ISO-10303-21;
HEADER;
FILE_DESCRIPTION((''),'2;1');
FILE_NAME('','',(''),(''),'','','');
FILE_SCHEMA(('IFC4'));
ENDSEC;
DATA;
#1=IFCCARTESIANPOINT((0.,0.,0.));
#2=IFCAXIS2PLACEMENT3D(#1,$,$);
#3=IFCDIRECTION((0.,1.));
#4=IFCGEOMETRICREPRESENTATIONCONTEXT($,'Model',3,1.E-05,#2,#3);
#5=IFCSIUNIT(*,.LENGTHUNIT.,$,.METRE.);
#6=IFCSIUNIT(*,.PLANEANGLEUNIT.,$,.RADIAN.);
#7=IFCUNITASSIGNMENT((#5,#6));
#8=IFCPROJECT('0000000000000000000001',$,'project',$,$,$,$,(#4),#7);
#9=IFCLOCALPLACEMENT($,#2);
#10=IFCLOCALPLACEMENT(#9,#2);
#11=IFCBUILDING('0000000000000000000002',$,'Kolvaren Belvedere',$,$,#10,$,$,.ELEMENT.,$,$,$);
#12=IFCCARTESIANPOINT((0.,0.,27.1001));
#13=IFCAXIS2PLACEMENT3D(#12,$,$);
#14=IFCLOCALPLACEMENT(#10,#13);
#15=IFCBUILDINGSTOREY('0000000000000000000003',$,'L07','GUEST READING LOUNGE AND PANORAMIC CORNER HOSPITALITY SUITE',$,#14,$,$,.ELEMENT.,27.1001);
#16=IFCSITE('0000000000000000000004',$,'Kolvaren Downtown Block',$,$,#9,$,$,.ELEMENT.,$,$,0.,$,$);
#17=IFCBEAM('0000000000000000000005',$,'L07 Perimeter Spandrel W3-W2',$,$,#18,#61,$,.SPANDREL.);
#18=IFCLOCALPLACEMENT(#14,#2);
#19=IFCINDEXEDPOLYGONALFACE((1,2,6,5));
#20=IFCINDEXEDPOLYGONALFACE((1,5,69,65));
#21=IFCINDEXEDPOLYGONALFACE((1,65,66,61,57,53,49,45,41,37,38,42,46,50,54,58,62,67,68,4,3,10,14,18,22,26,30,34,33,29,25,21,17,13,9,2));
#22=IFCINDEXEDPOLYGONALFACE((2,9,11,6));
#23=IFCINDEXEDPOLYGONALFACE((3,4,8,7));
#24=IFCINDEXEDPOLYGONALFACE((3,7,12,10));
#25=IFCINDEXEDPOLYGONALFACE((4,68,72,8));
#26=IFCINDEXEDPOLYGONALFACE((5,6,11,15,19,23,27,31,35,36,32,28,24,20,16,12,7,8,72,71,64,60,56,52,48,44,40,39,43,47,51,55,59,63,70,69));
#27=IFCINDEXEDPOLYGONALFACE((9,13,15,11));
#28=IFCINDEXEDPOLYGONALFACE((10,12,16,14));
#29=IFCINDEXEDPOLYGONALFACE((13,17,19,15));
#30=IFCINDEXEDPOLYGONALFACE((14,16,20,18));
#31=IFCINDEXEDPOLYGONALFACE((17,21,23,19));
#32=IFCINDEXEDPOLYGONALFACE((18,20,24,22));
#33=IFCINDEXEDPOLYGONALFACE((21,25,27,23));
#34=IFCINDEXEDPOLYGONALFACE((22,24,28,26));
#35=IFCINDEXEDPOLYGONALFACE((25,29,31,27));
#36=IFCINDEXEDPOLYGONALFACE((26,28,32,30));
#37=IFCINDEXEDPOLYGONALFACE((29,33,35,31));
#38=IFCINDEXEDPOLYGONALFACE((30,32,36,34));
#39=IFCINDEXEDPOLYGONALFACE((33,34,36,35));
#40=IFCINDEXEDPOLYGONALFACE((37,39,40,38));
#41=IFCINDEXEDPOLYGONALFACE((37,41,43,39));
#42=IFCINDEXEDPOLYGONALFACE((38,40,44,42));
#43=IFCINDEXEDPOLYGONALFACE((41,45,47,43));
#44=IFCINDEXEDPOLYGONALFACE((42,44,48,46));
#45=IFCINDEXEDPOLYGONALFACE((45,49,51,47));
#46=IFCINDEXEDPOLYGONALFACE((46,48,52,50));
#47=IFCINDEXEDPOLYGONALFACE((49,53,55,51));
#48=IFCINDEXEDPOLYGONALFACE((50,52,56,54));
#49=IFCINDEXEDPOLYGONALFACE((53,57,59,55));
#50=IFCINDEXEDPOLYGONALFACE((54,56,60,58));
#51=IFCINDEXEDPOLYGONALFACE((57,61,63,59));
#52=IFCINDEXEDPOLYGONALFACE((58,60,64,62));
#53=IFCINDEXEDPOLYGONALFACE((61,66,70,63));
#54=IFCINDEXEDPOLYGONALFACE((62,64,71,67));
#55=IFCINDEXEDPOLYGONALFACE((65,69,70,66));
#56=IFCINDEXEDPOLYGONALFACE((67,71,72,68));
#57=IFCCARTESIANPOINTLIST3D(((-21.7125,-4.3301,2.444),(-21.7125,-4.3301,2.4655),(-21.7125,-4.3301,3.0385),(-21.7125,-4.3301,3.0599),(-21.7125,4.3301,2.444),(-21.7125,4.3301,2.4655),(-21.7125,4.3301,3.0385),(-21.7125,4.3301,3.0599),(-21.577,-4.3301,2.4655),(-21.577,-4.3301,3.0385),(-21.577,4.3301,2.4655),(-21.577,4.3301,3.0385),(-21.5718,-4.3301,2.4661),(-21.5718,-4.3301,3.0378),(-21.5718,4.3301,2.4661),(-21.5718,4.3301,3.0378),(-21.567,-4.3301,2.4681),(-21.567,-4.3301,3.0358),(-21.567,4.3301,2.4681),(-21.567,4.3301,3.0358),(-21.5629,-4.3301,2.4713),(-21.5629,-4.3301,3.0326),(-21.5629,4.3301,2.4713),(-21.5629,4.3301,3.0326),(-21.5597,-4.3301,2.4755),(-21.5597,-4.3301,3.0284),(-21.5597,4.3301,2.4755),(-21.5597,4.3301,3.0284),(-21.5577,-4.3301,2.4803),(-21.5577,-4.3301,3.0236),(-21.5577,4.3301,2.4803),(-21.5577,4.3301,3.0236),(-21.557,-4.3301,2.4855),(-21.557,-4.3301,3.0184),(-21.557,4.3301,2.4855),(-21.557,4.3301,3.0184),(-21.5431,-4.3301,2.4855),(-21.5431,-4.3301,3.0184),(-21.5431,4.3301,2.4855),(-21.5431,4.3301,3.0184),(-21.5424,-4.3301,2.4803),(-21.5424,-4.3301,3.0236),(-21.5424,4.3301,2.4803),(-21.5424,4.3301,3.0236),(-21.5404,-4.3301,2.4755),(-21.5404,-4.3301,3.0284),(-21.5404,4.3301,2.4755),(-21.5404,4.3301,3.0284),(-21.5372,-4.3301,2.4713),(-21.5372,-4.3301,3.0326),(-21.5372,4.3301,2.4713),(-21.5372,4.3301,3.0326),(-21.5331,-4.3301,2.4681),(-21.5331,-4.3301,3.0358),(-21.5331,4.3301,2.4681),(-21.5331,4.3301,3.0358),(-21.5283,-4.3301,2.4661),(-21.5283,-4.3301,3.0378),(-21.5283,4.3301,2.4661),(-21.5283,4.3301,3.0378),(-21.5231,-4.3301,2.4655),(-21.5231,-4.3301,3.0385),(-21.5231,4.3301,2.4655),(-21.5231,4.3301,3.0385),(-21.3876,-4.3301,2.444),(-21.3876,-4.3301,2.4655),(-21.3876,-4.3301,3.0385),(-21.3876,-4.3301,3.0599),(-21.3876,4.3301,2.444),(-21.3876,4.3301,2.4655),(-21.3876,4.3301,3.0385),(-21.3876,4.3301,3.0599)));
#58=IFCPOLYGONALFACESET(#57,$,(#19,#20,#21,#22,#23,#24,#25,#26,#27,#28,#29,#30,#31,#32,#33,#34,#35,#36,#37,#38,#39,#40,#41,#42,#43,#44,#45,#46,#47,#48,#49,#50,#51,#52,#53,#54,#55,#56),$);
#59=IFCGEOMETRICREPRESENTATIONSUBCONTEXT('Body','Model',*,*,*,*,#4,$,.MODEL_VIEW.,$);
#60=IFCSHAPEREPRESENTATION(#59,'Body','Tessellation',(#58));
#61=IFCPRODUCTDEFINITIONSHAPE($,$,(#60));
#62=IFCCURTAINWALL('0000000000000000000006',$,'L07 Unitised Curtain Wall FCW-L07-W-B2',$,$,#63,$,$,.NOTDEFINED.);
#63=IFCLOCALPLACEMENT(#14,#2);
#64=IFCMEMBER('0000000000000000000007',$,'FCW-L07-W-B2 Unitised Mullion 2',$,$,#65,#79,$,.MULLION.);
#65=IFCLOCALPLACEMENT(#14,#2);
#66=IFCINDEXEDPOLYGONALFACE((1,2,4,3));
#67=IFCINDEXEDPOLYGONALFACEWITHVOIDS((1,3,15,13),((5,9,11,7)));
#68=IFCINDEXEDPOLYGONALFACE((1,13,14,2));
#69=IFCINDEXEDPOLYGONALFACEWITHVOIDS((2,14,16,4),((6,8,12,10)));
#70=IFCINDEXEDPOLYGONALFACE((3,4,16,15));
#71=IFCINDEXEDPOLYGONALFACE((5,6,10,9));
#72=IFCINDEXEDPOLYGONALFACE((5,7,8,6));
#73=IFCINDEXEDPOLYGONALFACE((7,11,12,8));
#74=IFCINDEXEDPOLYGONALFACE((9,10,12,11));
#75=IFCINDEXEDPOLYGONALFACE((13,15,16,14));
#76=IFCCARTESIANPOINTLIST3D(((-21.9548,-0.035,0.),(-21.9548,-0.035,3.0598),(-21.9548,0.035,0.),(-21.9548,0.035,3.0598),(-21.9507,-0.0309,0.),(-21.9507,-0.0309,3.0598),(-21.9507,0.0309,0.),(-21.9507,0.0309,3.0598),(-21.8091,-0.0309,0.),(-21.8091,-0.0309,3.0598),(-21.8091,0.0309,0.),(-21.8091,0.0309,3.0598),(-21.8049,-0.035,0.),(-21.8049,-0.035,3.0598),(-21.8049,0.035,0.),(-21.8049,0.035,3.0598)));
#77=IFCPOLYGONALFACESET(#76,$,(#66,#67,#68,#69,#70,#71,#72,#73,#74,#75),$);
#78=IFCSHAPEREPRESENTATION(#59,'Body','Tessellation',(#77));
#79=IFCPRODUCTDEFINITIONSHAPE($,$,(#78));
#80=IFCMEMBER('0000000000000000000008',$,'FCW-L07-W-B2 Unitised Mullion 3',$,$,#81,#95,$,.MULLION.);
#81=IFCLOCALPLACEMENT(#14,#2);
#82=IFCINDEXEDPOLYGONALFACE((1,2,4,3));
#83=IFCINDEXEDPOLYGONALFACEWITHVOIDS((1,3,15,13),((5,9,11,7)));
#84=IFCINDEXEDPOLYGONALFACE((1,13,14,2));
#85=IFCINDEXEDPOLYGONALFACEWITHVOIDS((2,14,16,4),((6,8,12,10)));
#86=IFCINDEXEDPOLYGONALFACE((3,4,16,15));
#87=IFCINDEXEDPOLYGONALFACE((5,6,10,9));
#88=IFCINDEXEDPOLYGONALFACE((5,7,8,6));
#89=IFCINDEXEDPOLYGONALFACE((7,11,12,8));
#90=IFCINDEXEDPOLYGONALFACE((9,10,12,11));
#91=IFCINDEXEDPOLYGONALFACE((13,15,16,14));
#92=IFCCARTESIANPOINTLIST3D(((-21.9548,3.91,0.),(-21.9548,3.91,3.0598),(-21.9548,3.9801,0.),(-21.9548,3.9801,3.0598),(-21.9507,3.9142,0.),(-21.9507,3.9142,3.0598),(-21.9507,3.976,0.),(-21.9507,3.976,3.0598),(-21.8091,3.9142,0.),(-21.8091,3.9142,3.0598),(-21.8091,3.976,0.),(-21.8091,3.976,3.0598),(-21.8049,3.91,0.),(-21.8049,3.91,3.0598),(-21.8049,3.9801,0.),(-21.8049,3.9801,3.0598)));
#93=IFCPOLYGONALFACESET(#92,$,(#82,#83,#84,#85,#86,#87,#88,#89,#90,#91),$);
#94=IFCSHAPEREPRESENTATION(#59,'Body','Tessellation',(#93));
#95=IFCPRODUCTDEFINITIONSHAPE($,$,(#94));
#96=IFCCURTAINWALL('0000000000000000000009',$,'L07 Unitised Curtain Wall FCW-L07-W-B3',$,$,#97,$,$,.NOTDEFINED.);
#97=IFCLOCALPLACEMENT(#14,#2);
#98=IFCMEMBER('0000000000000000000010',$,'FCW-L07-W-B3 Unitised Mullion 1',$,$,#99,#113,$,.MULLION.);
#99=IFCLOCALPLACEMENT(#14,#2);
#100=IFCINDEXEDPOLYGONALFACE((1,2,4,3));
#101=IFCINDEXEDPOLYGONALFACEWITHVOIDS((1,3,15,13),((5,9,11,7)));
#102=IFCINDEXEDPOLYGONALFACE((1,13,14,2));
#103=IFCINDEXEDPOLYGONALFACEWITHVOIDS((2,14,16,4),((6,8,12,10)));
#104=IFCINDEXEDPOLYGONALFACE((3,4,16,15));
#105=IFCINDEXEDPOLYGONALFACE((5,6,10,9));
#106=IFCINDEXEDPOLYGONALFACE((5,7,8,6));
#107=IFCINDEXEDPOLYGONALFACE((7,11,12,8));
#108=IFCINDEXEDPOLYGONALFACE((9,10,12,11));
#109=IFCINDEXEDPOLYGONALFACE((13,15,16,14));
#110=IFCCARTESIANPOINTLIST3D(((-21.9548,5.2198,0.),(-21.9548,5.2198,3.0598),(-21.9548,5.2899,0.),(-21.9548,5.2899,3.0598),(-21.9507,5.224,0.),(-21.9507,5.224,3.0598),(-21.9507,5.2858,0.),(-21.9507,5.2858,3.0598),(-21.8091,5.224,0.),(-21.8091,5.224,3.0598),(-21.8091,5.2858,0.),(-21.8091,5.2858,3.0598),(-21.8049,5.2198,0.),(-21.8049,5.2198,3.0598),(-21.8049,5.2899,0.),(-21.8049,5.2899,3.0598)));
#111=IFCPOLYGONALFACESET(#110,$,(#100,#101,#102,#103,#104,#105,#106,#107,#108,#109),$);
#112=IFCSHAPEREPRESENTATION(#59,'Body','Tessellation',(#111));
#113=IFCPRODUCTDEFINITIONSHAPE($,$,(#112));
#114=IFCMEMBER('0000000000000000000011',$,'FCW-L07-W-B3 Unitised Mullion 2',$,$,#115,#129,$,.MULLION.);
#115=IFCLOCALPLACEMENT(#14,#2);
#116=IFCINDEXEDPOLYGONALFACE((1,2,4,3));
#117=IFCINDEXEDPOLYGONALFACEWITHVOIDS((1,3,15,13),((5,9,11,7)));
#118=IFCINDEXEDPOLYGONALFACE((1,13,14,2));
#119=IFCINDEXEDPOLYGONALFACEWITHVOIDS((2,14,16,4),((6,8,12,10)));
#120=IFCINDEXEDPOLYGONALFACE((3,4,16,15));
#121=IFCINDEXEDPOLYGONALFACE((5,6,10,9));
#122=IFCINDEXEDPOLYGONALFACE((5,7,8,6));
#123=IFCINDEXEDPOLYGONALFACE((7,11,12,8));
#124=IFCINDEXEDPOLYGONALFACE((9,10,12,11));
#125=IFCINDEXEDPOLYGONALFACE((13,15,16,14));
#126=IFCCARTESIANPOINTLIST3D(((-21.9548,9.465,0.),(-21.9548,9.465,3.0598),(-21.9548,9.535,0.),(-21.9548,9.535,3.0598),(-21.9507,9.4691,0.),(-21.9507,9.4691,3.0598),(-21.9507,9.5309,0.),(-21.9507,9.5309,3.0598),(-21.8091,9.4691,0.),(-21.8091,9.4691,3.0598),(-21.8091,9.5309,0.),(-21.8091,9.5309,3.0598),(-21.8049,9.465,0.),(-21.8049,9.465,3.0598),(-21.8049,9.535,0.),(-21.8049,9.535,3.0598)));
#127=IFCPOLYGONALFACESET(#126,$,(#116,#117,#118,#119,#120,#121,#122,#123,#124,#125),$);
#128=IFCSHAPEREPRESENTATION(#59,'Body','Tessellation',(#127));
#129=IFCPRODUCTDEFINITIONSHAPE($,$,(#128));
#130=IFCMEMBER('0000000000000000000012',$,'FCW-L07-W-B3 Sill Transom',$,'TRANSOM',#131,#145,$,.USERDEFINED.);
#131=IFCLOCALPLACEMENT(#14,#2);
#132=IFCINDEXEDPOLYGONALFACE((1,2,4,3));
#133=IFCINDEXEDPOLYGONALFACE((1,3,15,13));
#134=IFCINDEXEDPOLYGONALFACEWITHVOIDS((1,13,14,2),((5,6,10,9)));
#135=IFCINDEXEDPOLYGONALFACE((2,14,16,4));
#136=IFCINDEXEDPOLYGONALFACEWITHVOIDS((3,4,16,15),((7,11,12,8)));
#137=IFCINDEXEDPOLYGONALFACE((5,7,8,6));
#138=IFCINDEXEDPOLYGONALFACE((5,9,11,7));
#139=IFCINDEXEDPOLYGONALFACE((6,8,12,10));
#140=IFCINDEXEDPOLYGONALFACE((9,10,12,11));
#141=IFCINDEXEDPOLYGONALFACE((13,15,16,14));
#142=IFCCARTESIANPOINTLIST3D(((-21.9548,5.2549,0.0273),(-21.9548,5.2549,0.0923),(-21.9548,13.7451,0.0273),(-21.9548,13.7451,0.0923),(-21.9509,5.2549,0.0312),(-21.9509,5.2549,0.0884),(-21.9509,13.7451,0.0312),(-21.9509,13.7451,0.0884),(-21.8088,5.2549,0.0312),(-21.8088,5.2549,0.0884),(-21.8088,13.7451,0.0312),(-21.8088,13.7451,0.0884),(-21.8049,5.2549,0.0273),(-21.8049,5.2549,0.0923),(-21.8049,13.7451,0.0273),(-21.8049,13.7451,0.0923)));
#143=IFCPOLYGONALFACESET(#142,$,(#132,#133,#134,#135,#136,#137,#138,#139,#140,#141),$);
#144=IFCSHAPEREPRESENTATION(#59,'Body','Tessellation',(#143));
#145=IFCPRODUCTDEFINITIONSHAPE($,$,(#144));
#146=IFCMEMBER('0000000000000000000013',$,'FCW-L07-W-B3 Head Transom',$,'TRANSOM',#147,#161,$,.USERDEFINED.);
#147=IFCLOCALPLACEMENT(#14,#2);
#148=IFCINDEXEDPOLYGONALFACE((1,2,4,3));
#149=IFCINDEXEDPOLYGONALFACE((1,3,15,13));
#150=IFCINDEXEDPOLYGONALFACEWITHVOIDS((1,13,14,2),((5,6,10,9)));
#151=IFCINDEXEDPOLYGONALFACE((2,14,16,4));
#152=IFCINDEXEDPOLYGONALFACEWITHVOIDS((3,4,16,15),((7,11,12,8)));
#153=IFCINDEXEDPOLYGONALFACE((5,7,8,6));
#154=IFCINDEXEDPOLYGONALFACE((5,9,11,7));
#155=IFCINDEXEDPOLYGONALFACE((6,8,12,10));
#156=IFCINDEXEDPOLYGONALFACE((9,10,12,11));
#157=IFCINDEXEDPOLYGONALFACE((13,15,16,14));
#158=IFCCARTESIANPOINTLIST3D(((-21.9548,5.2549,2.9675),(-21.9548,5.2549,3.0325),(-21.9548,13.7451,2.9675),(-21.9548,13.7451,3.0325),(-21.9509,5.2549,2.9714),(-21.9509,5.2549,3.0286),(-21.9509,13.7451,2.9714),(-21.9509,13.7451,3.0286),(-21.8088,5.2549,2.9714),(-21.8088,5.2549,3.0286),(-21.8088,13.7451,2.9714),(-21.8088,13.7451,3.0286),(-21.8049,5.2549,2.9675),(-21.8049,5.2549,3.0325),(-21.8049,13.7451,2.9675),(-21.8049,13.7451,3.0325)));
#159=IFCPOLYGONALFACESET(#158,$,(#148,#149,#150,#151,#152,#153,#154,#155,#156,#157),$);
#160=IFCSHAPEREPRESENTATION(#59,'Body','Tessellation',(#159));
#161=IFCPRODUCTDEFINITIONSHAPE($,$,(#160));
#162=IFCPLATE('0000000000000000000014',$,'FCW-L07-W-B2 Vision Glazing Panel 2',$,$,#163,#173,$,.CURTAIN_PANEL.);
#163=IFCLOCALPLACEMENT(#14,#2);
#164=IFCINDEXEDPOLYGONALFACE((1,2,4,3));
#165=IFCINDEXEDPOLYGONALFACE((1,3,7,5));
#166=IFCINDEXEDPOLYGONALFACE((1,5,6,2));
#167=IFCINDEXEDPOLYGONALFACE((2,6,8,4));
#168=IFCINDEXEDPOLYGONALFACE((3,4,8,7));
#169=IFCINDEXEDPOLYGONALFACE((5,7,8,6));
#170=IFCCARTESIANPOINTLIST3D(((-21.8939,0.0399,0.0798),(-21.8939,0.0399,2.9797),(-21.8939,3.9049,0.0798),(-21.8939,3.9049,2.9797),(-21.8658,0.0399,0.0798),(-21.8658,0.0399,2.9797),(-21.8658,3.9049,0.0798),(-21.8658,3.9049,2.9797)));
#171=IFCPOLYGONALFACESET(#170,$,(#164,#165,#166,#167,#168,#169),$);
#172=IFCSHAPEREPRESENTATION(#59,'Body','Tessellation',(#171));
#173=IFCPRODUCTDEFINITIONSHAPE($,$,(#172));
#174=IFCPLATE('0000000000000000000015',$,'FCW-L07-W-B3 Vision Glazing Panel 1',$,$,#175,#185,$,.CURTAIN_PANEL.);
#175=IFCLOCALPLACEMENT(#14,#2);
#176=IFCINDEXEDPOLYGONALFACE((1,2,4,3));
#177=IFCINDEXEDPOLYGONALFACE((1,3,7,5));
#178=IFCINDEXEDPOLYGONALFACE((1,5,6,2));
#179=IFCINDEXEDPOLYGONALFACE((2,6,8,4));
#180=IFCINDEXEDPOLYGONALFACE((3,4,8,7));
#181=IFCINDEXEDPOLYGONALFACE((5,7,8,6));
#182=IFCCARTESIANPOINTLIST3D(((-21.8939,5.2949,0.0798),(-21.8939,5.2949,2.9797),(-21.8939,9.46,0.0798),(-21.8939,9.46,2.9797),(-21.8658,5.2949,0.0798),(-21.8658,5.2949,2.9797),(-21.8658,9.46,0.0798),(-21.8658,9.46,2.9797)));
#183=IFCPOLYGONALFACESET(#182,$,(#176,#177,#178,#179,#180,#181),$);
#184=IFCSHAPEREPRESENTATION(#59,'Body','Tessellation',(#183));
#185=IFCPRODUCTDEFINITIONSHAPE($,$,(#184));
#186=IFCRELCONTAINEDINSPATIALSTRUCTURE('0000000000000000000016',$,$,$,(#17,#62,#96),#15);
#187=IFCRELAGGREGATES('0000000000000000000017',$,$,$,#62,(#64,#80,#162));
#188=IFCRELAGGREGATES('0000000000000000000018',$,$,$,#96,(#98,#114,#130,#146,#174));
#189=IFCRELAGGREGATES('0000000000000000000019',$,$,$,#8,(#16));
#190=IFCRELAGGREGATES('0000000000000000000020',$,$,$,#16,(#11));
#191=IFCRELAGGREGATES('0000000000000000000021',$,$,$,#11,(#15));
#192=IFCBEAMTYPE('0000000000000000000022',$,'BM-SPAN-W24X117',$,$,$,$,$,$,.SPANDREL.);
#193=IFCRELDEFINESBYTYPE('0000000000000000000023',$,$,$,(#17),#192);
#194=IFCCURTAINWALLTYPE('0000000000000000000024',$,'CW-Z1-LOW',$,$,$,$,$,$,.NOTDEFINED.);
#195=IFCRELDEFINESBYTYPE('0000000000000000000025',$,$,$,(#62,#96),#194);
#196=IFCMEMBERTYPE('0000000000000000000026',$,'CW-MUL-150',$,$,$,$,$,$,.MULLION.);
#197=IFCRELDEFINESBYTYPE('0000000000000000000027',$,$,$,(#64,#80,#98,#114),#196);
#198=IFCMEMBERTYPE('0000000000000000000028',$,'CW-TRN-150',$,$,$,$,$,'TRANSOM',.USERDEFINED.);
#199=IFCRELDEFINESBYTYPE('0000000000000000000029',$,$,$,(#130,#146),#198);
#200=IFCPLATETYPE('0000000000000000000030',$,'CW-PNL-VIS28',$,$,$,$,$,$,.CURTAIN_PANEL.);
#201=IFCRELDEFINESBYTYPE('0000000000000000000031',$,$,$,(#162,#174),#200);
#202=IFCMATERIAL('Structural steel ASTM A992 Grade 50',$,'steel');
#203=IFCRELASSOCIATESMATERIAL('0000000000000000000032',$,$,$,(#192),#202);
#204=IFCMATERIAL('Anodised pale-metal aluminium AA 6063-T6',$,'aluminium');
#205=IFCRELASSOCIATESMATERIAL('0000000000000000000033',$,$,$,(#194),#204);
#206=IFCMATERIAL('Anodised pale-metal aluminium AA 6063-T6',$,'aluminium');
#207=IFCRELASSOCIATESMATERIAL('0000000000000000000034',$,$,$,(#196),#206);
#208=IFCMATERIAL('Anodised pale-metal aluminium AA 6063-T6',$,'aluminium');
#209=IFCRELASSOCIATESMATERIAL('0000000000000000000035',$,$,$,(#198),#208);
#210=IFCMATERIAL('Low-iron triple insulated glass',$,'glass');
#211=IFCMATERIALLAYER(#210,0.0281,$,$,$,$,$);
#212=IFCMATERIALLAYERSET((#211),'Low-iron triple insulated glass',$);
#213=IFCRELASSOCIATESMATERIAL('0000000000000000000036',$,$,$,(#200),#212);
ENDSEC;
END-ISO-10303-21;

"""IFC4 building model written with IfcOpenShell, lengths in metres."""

from ifc_helpers import new_model, si_unit, direction, frame, origin, origin_2d, place, context, subcontext, project, spatial, rectangle, hollow_rectangle, i_section, extrude, material, layer, layer_set, material_profile, profile_set, type_object, element, aggregate, save


model = new_model("IFC4")

# Units and contexts
model_context = context("Model", 3, precision=1e-05, world=origin(), true_north=direction((0.0, 1.0)))
body_context = subcontext(model_context, "Body", "Model", "MODEL_VIEW")
ifc_project = project(units=[si_unit("LENGTHUNIT", "METRE"), si_unit("PLANEANGLEUNIT", "RADIAN")], contexts=[model_context])

# Site, building, storey
site_placement = place(None, origin())
site = spatial("IfcSite", under=ifc_project, at=site_placement, Name="Kolvaren Downtown Block", CompositionType="ELEMENT", RefElevation=0.0)
building_placement = place(site_placement, origin())
building = spatial("IfcBuilding", under=site, at=building_placement, Name="Kolvaren Belvedere", CompositionType="ELEMENT")
storey_placement = place(building_placement, frame((0.0, 0.0, 27.1001)))
storey = spatial("IfcBuildingStorey", under=building, at=storey_placement, Name="L07", Description="GUEST READING LOUNGE AND PANORAMIC CORNER HOSPITALITY SUITE", CompositionType="ELEMENT", Elevation=27.1001)

# Beam
ifc_material_1 = material(Name="Structural steel ASTM A992 Grade 50", Category="steel")
ifc_material_profile_1 = material_profile(ifc_material_1, i_section(OverallWidth=0.325, OverallDepth=0.616, WebThickness=0.0139, FlangeThickness=0.0215, FilletRadius=0.02, at=origin_2d()), Name="W24X117")
ifc_profile_set_1 = profile_set([ifc_material_profile_1], Name="Structural steel ASTM A992 Grade 50")
beam_type_1 = type_object("IfcBeamType", Name="BM-SPAN-W24X117", PredefinedType="SPANDREL", material=ifc_profile_set_1)
beam_1_placement = place(storey_placement, frame((-21.55, 4.3301, 2.752), z_axis=(0.0, -1.0, 0.0), x_axis=(1.0, 0.0, 0.0)))
element("IfcBeam", 1, at=beam_1_placement, inside=storey, type_object=beam_type_1, Name="L07 Perimeter Spandrel W3-W2", PredefinedType="SPANDREL", context=body_context, shape_type="SweptSolid", body=[
    extrude(i_section(OverallWidth=0.325, OverallDepth=0.616, WebThickness=0.0139, FlangeThickness=0.0215, FilletRadius=0.02, at=origin_2d()), origin(), (0.0, 0.0, 1.0), 8.6602),
])

# Curtain walls, members
ifc_material_2 = material(Name="Anodised pale-metal aluminium AA 6063-T6", Category="aluminium")
curtain_wall_type = type_object("IfcCurtainWallType", Name="CW-Z1-LOW", PredefinedType="NOTDEFINED", material=ifc_material_2)
curtain_wall_1_placement = place(storey_placement, origin())
curtain_wall_1 = element("IfcCurtainWall", 2, at=curtain_wall_1_placement, inside=storey, type_object=curtain_wall_type, Name="L07 Unitised Curtain Wall FCW-L07-W-B2", PredefinedType="NOTDEFINED")
ifc_material_3 = material(Name="Anodised pale-metal aluminium AA 6063-T6", Category="aluminium")
ifc_material_profile_2 = material_profile(ifc_material_3, hollow_rectangle(XDim=0.0701, YDim=0.1499, WallThickness=0.0042, at=origin_2d()), Name="ALU-MUL-150X70")
ifc_profile_set_2 = profile_set([ifc_material_profile_2], Name="Anodised pale-metal aluminium AA 6063-T6")
member_type_1 = type_object("IfcMemberType", Name="CW-MUL-150", PredefinedType="MULLION", material=ifc_profile_set_2)
member_1_placement = place(storey_placement, frame((-21.8799, 0.0, 0.0), z_axis=(0.0, 0.0, 1.0), x_axis=(0.0, 1.0, 0.0)))
member_1 = element("IfcMember", 3, at=member_1_placement, type_object=member_type_1, Name="FCW-L07-W-B2 Unitised Mullion 2", PredefinedType="MULLION", context=body_context, shape_type="SweptSolid", body=[
    extrude(hollow_rectangle(XDim=0.0701, YDim=0.1499, WallThickness=0.0042, at=origin_2d()), origin(), (0.0, 0.0, 1.0), 3.0598),
])
member_2_placement = place(storey_placement, frame((-21.8799, 3.9451, 0.0), z_axis=(0.0, 0.0, 1.0), x_axis=(0.0, 1.0, 0.0)))
member_2 = element("IfcMember", 4, at=member_2_placement, type_object=member_type_1, Name="FCW-L07-W-B2 Unitised Mullion 3", PredefinedType="MULLION", context=body_context, shape_type="SweptSolid", body=[
    extrude(hollow_rectangle(XDim=0.0701, YDim=0.1499, WallThickness=0.0042, at=origin_2d()), origin(), (0.0, 0.0, 1.0), 3.0598),
])
curtain_wall_2_placement = place(storey_placement, origin())
curtain_wall_2 = element("IfcCurtainWall", 5, at=curtain_wall_2_placement, inside=storey, type_object=curtain_wall_type, Name="L07 Unitised Curtain Wall FCW-L07-W-B3", PredefinedType="NOTDEFINED")
member_3_placement = place(storey_placement, frame((-21.8799, 5.2549, 0.0), z_axis=(0.0, 0.0, 1.0), x_axis=(0.0, 1.0, 0.0)))
member_3 = element("IfcMember", 6, at=member_3_placement, type_object=member_type_1, Name="FCW-L07-W-B3 Unitised Mullion 1", PredefinedType="MULLION", context=body_context, shape_type="SweptSolid", body=[
    extrude(hollow_rectangle(XDim=0.0701, YDim=0.1499, WallThickness=0.0042, at=origin_2d()), origin(), (0.0, 0.0, 1.0), 3.0598),
])
member_4_placement = place(storey_placement, frame((-21.8799, 9.5, 0.0), z_axis=(0.0, 0.0, 1.0), x_axis=(0.0, 1.0, 0.0)))
member_4 = element("IfcMember", 7, at=member_4_placement, type_object=member_type_1, Name="FCW-L07-W-B3 Unitised Mullion 2", PredefinedType="MULLION", context=body_context, shape_type="SweptSolid", body=[
    extrude(hollow_rectangle(XDim=0.0701, YDim=0.1499, WallThickness=0.0042, at=origin_2d()), origin(), (0.0, 0.0, 1.0), 3.0598),
])
ifc_material_4 = material(Name="Anodised pale-metal aluminium AA 6063-T6", Category="aluminium")
ifc_material_profile_3 = material_profile(ifc_material_4, hollow_rectangle(XDim=0.0649, YDim=0.1499, WallThickness=0.0039, at=origin_2d()), Name="ALU-TRN-150X65")
ifc_profile_set_3 = profile_set([ifc_material_profile_3], Name="Anodised pale-metal aluminium AA 6063-T6")
member_type_2 = type_object("IfcMemberType", Name="CW-TRN-150", ElementType="TRANSOM", PredefinedType="USERDEFINED", material=ifc_profile_set_3)
member_5_placement = place(storey_placement, frame((-21.8799, 5.2549, 0.0598), z_axis=(0.0, 1.0, 0.0), x_axis=(0.0, 0.0, 1.0)))
member_5 = element("IfcMember", 8, at=member_5_placement, type_object=member_type_2, Name="FCW-L07-W-B3 Sill Transom", ObjectType="TRANSOM", PredefinedType="USERDEFINED", context=body_context, shape_type="SweptSolid", body=[
    extrude(hollow_rectangle(XDim=0.0649, YDim=0.1499, WallThickness=0.0039, at=origin_2d()), origin(), (0.0, 0.0, 1.0), 8.4902),
])
member_6_placement = place(storey_placement, frame((-21.8799, 5.2549, 3.0), z_axis=(0.0, 1.0, 0.0), x_axis=(0.0, 0.0, 1.0)))
member_6 = element("IfcMember", 9, at=member_6_placement, type_object=member_type_2, Name="FCW-L07-W-B3 Head Transom", ObjectType="TRANSOM", PredefinedType="USERDEFINED", context=body_context, shape_type="SweptSolid", body=[
    extrude(hollow_rectangle(XDim=0.0649, YDim=0.1499, WallThickness=0.0039, at=origin_2d()), origin(), (0.0, 0.0, 1.0), 8.4902),
])

# Plates
ifc_material_5 = material(Name="Low-iron triple insulated glass", Category="glass")
ifc_layer_1 = layer(ifc_material_5, 0.0281)
ifc_layer_set_1 = layer_set([ifc_layer_1], Name="Low-iron triple insulated glass")
plate_type_1 = type_object("IfcPlateType", Name="CW-PNL-VIS28", PredefinedType="CURTAIN_PANEL", material=ifc_layer_set_1)
plate_1_placement = place(storey_placement, frame((-21.8799, 1.9724, 0.0798), z_axis=(0.0, 0.0, 1.0), x_axis=(0.0, 1.0, 0.0)))
plate_1 = element("IfcPlate", 10, at=plate_1_placement, type_object=plate_type_1, Name="FCW-L07-W-B2 Vision Glazing Panel 2", PredefinedType="CURTAIN_PANEL", context=body_context, shape_type="SweptSolid", body=[
    extrude(rectangle(XDim=3.865, YDim=0.0281, at=origin_2d()), origin(), (0.0, 0.0, 1.0), 2.8999),
])
aggregate(curtain_wall_1, [member_1, member_2, plate_1])
plate_2_placement = place(storey_placement, frame((-21.8799, 7.3774, 0.0798), z_axis=(0.0, 0.0, 1.0), x_axis=(0.0, 1.0, 0.0)))
plate_2 = element("IfcPlate", 11, at=plate_2_placement, type_object=plate_type_1, Name="FCW-L07-W-B3 Vision Glazing Panel 1", PredefinedType="CURTAIN_PANEL", context=body_context, shape_type="SweptSolid", body=[
    extrude(rectangle(XDim=4.165, YDim=0.0281, at=origin_2d()), origin(), (0.0, 0.0, 1.0), 2.8999),
])
aggregate(curtain_wall_2, [member_3, member_4, member_5, member_6, plate_2])

save(model, "model.ifc")
